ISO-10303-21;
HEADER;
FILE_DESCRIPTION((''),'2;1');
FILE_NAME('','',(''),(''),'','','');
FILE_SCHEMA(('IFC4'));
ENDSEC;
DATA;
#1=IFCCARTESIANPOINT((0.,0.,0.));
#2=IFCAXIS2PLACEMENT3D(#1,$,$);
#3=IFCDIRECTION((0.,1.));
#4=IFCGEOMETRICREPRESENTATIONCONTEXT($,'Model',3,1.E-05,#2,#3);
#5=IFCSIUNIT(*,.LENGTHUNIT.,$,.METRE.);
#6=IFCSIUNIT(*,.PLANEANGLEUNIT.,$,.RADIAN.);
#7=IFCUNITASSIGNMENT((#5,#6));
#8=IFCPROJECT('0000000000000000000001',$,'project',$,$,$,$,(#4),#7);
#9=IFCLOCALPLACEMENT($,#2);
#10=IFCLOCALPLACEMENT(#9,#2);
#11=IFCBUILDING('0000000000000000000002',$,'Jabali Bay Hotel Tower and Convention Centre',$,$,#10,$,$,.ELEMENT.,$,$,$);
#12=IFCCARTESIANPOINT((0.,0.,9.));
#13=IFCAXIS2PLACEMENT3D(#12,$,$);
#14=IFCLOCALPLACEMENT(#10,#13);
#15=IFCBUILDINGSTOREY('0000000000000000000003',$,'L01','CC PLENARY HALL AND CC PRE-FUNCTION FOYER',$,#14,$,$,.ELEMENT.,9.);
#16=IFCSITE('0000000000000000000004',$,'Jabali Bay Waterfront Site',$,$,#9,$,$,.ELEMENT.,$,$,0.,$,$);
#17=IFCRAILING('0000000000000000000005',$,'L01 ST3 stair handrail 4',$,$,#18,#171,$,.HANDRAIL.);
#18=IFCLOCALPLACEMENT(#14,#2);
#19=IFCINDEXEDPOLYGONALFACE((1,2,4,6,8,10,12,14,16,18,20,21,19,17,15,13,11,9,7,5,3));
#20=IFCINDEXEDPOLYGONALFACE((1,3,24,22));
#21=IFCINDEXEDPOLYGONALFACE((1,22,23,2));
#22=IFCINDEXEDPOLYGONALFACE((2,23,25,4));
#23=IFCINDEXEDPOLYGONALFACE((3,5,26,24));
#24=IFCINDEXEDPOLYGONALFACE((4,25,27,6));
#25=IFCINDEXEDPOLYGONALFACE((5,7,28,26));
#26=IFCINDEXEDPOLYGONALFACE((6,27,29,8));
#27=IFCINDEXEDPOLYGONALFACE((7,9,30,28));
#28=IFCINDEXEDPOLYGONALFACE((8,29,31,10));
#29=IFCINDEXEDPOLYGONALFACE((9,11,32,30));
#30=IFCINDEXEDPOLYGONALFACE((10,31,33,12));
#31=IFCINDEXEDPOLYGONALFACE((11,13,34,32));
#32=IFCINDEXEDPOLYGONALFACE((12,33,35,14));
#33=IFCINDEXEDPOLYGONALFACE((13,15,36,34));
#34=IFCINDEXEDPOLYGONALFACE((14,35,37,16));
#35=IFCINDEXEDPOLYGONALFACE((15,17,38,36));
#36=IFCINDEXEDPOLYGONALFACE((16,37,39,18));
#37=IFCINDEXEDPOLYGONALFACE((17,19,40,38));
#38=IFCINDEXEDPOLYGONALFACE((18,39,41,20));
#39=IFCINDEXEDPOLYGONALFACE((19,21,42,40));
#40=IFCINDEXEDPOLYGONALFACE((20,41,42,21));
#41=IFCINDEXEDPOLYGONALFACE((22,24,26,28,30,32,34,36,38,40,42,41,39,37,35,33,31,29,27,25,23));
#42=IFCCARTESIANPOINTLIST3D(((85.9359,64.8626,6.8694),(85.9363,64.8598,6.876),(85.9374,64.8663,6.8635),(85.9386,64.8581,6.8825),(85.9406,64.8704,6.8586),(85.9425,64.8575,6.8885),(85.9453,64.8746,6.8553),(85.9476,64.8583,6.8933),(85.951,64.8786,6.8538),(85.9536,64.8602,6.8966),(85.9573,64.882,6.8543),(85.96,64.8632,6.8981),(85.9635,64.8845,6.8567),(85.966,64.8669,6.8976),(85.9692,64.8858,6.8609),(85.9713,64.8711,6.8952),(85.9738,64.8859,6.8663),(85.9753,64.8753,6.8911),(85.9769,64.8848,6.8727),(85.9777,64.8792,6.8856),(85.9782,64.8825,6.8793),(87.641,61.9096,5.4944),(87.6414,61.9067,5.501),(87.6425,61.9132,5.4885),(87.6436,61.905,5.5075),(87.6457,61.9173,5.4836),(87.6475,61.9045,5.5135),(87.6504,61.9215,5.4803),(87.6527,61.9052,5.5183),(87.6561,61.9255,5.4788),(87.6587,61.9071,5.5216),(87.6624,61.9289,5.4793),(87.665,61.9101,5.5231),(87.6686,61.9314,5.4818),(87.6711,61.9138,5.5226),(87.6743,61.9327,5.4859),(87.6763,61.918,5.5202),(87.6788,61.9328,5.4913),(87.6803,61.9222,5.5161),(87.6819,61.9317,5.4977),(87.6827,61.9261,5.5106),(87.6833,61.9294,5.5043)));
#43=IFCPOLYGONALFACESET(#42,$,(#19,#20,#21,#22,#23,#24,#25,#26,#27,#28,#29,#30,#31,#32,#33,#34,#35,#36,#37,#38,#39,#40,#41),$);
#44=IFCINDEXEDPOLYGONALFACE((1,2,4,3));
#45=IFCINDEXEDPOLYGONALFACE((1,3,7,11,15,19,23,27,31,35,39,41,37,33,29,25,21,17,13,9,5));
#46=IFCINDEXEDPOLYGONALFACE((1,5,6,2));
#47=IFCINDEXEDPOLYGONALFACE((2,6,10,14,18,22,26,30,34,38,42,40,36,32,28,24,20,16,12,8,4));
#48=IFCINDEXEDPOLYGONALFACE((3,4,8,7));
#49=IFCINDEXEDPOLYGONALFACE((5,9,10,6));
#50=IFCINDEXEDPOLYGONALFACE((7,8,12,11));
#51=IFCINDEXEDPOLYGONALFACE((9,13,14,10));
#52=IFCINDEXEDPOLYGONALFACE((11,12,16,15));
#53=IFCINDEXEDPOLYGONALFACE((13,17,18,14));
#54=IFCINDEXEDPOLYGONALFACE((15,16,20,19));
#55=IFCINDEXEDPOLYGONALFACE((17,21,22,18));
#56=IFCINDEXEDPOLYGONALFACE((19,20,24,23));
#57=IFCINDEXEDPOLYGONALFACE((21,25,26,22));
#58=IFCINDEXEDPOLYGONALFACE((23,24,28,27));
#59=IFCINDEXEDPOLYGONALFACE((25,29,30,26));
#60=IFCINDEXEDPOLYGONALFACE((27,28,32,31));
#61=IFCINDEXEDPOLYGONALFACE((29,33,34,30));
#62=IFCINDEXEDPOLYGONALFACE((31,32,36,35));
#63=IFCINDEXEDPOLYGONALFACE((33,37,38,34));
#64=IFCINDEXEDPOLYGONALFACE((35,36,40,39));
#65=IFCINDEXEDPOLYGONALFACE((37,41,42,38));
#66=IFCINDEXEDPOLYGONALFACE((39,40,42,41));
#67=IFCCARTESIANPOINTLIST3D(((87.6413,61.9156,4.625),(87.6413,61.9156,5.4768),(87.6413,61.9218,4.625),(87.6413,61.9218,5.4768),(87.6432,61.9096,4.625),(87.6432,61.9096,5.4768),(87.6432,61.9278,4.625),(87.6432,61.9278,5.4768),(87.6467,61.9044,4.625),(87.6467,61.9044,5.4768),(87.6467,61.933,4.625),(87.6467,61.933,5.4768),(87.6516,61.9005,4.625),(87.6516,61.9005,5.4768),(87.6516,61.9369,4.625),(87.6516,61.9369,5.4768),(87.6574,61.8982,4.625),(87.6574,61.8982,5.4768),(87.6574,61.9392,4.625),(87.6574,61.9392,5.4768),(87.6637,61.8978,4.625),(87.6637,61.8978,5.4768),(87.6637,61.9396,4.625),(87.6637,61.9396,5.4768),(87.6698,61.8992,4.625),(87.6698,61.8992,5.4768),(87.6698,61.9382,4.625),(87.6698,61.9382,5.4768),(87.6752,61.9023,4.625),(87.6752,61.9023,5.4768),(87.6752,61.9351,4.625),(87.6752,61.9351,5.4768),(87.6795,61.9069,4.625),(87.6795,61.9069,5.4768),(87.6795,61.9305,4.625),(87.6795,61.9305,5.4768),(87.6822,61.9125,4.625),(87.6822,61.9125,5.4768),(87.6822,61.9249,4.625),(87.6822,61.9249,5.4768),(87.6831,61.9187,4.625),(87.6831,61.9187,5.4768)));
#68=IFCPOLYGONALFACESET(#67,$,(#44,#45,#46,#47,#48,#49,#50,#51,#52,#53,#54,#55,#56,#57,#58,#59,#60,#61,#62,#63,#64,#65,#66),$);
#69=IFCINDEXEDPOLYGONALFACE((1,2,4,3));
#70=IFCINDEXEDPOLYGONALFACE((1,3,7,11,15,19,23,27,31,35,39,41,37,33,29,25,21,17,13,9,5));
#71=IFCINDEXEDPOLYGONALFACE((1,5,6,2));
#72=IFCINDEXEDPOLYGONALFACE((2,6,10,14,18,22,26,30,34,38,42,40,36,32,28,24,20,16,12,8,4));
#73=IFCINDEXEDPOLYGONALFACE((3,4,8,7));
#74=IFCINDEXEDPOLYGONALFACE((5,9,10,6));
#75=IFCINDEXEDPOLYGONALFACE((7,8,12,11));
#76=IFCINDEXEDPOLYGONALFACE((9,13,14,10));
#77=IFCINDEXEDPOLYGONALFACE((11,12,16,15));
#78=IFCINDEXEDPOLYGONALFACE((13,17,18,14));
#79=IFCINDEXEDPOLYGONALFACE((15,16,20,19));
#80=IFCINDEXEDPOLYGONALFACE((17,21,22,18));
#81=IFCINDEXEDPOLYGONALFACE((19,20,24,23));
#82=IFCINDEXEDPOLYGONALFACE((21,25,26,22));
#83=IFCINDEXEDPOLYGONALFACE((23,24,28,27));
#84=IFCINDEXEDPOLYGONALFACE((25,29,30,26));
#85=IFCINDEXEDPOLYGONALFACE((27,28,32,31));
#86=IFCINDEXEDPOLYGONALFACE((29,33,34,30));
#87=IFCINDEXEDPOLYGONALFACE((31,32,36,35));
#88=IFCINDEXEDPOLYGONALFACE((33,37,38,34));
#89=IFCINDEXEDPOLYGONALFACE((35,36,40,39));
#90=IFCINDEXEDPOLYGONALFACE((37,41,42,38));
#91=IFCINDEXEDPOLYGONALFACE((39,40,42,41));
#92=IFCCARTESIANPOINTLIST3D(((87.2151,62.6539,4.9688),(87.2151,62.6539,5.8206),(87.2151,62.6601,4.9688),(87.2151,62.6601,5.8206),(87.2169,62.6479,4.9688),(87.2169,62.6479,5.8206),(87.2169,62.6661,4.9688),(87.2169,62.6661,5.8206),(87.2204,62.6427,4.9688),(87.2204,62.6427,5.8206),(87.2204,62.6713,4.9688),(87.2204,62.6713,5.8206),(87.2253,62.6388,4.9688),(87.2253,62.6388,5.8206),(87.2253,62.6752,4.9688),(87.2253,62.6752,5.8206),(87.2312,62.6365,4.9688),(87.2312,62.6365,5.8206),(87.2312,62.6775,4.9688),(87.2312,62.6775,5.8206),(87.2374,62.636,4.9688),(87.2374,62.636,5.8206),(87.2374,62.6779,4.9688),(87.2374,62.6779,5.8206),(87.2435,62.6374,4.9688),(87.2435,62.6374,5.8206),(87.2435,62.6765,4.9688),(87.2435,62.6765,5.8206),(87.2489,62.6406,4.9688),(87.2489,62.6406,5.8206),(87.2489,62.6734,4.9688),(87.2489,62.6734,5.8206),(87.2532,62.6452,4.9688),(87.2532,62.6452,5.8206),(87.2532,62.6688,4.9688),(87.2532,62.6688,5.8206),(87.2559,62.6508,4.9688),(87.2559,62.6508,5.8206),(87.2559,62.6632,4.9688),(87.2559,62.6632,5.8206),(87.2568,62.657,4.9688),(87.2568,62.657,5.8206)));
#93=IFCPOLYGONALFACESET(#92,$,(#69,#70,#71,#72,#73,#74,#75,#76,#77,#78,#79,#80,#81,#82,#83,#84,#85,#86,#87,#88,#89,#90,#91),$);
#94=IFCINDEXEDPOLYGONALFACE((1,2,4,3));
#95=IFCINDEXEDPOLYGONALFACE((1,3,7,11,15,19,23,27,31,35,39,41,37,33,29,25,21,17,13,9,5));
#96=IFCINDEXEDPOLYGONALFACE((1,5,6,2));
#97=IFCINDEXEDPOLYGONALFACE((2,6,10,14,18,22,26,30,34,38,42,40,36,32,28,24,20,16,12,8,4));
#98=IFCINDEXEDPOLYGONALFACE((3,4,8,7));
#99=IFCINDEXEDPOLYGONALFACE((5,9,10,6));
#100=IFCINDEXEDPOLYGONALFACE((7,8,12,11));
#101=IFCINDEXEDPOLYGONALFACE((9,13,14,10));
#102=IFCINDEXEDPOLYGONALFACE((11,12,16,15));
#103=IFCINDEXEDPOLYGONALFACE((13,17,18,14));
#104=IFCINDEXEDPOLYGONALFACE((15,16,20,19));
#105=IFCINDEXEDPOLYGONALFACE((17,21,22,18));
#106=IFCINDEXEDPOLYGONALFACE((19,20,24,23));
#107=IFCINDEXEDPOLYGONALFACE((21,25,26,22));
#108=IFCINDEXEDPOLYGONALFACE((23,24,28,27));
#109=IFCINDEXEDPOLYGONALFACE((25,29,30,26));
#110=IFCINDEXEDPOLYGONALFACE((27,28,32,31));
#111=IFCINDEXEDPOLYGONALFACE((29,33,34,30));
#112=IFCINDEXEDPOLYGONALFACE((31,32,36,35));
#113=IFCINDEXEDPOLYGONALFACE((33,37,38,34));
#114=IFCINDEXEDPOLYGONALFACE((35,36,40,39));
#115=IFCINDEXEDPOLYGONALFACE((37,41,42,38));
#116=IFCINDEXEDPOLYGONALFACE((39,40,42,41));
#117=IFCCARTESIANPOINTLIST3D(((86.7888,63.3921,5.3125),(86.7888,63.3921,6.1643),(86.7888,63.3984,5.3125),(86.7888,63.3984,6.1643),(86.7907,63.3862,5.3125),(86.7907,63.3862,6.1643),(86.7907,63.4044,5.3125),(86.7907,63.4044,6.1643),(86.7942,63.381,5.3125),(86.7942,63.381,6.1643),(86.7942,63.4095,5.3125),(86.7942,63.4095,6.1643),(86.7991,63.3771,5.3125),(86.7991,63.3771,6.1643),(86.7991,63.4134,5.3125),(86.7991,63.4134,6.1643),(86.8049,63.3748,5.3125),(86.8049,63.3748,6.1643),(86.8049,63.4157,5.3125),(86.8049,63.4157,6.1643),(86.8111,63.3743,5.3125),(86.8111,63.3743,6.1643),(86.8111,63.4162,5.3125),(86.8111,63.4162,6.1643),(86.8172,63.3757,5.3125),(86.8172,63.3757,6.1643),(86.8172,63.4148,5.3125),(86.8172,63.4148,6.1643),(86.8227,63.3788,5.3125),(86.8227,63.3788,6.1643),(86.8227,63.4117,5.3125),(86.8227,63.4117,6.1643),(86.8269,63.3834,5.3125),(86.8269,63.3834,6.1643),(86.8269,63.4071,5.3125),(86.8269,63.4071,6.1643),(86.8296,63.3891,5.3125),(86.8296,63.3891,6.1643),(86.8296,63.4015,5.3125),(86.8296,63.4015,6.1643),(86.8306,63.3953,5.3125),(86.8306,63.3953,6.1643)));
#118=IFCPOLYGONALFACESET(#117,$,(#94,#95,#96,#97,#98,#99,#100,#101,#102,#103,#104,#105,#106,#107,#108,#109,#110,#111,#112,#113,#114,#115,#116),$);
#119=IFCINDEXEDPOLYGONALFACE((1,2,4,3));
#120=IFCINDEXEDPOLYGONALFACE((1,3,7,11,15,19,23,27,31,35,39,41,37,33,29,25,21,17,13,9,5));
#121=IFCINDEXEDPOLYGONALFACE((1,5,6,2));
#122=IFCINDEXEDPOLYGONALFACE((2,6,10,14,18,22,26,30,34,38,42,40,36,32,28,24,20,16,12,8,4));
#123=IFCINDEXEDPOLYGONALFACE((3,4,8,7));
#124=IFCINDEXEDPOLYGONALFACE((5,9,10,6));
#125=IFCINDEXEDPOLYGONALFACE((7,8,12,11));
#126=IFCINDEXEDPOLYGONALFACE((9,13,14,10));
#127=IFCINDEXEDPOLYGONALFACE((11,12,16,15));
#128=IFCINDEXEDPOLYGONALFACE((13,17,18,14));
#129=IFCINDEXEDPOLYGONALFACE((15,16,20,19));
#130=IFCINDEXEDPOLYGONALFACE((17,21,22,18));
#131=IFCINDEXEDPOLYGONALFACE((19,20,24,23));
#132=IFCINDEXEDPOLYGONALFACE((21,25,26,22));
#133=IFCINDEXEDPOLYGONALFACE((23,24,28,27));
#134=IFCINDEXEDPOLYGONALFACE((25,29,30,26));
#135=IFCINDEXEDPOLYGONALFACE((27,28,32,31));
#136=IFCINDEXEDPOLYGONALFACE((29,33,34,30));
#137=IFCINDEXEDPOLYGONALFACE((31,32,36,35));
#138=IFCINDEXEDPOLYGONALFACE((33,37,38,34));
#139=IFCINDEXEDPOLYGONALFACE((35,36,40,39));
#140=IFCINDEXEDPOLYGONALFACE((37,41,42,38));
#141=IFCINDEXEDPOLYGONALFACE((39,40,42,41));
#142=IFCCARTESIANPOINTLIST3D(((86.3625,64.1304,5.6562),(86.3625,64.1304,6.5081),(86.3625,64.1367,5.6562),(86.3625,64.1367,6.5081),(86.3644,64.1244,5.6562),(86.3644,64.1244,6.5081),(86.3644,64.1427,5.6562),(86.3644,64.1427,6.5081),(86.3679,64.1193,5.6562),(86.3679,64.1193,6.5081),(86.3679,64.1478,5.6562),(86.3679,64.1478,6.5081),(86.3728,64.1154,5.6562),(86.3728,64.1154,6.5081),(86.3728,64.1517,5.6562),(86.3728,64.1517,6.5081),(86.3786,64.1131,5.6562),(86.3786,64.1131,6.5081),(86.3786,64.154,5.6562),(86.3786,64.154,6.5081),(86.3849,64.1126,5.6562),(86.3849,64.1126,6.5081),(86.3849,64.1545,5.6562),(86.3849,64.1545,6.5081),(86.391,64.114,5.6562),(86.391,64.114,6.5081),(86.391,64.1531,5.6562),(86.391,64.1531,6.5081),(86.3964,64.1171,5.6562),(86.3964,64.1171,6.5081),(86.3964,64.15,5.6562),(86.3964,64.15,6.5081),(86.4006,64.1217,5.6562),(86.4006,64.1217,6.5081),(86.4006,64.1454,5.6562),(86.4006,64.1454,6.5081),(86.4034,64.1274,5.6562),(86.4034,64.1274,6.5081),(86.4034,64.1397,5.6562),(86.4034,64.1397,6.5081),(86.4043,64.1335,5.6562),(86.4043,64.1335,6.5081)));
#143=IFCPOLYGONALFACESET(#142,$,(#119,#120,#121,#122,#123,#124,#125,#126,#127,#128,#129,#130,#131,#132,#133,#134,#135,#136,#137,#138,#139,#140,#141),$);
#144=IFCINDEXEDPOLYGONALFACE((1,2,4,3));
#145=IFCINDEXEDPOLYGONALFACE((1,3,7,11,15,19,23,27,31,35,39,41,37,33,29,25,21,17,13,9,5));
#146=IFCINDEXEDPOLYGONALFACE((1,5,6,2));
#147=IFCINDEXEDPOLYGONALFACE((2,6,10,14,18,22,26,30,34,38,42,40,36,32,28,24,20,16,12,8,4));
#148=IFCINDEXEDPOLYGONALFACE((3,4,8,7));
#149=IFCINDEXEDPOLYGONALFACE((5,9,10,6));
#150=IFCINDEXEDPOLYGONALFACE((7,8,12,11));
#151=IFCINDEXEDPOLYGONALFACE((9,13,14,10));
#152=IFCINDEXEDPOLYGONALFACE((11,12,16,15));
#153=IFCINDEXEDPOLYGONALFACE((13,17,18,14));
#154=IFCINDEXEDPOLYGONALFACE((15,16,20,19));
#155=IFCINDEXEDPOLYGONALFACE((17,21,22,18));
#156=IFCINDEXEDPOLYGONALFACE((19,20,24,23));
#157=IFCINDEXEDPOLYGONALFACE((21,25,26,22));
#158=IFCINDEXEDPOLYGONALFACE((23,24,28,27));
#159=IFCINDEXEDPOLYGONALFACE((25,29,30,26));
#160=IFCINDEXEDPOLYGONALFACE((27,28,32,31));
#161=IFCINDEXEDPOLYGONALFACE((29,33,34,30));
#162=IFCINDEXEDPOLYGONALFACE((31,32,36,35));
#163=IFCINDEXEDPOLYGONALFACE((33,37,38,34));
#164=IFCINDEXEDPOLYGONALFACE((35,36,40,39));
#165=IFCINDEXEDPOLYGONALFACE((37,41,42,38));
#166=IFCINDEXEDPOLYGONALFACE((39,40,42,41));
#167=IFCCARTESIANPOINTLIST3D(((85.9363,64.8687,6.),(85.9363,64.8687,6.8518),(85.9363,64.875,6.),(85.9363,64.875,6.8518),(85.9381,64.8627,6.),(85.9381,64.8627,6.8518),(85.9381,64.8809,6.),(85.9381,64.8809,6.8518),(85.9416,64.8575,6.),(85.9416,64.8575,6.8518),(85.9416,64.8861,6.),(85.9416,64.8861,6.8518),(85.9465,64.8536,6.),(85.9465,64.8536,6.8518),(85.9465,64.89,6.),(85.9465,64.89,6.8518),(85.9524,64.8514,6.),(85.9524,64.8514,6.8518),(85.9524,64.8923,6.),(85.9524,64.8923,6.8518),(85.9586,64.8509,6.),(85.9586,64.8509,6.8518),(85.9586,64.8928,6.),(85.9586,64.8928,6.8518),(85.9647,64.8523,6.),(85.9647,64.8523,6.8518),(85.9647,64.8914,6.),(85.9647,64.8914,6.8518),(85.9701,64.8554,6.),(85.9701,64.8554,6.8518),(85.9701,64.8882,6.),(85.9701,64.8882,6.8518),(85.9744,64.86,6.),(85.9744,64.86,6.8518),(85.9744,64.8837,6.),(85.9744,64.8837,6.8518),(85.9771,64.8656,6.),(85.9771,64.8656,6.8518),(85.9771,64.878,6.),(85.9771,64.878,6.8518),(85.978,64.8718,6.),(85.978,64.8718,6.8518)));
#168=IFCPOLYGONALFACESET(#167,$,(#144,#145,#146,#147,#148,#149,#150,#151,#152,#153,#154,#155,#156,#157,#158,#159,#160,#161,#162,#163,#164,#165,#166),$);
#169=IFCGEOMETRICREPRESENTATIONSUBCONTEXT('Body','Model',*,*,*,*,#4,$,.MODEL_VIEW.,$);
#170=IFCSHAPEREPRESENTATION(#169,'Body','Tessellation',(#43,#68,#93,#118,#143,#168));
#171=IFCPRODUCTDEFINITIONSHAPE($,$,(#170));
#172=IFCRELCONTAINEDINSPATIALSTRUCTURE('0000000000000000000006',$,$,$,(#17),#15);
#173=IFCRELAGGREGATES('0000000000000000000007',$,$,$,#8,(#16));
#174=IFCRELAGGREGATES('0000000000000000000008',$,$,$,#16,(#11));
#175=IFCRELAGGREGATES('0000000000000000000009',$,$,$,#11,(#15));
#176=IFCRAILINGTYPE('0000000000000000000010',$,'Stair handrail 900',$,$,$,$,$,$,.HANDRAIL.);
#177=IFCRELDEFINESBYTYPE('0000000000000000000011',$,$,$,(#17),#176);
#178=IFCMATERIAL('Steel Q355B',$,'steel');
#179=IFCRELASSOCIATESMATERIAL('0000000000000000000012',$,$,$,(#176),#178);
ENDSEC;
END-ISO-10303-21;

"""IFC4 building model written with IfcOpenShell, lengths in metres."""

from ifc_helpers import new_model, si_unit, direction, frame, origin, origin_2d, place, context, subcontext, project, spatial, circle, extrude, material, type_object, element, save


model = new_model("IFC4")

# Units and contexts
model_context = context("Model", 3, precision=1e-05, world=origin(), true_north=direction((0.0, 1.0)))
body_context = subcontext(model_context, "Body", "Model", "MODEL_VIEW")
ifc_project = project(units=[si_unit("LENGTHUNIT", "METRE"), si_unit("PLANEANGLEUNIT", "RADIAN")], contexts=[model_context])

# Site, building, storey
site_placement = place(None, origin())
site = spatial("IfcSite", under=ifc_project, at=site_placement, Name="Jabali Bay Waterfront Site", CompositionType="ELEMENT", RefElevation=0.0)
building_placement = place(site_placement, origin())
building = spatial("IfcBuilding", under=site, at=building_placement, Name="Jabali Bay Hotel Tower and Convention Centre", CompositionType="ELEMENT")
storey_placement = place(building_placement, frame((0.0, 0.0, 9.0)))
storey = spatial("IfcBuildingStorey", under=building, at=storey_placement, Name="L01", Description="CC PLENARY HALL AND CC PRE-FUNCTION FOYER", CompositionType="ELEMENT", Elevation=9.0)

# Railing
ifc_material_1 = material(Name="Steel Q355B", Category="steel")
railing_type = type_object("IfcRailingType", Name="Stair handrail 900", PredefinedType="HANDRAIL", material=ifc_material_1)
for number, where, name in (
    (1, (87.6621, 61.9187, 4.625), "L01 ST3 stair handrail 4"),
):
    element("IfcRailing", number, at=place(storey_placement, frame(where)), inside=storey, type_object=railing_type, Name=name, PredefinedType="HANDRAIL", context=body_context, shape_type="SweptSolid", body=[
        extrude(circle(Radius=0.0239, at=origin_2d()), frame((0.0, 0.0, 0.876), z_axis=(-0.46374, 0.803178, 0.373966), x_axis=(-0.866014, -0.50002, 0.0)), (0.0, 0.0, 1.0), 3.6768),
        extrude(circle(Radius=0.021, at=origin_2d()), origin(), (0.0, 0.0, 1.0), 0.8518),
        extrude(circle(Radius=0.021, at=origin_2d()), frame((-0.4263, 0.7383, 0.3438)), (0.0, 0.0, 1.0), 0.8518),
        extrude(circle(Radius=0.021, at=origin_2d()), frame((-0.8525, 1.4766, 0.6875)), (0.0, 0.0, 1.0), 0.8518),
        extrude(circle(Radius=0.021, at=origin_2d()), frame((-1.2788, 2.2148, 1.0312)), (0.0, 0.0, 1.0), 0.8518),
        extrude(circle(Radius=0.021, at=origin_2d()), frame((-1.7051, 2.9531, 1.375)), (0.0, 0.0, 1.0), 0.8518),
    ])

save(model, "model.ifc")
